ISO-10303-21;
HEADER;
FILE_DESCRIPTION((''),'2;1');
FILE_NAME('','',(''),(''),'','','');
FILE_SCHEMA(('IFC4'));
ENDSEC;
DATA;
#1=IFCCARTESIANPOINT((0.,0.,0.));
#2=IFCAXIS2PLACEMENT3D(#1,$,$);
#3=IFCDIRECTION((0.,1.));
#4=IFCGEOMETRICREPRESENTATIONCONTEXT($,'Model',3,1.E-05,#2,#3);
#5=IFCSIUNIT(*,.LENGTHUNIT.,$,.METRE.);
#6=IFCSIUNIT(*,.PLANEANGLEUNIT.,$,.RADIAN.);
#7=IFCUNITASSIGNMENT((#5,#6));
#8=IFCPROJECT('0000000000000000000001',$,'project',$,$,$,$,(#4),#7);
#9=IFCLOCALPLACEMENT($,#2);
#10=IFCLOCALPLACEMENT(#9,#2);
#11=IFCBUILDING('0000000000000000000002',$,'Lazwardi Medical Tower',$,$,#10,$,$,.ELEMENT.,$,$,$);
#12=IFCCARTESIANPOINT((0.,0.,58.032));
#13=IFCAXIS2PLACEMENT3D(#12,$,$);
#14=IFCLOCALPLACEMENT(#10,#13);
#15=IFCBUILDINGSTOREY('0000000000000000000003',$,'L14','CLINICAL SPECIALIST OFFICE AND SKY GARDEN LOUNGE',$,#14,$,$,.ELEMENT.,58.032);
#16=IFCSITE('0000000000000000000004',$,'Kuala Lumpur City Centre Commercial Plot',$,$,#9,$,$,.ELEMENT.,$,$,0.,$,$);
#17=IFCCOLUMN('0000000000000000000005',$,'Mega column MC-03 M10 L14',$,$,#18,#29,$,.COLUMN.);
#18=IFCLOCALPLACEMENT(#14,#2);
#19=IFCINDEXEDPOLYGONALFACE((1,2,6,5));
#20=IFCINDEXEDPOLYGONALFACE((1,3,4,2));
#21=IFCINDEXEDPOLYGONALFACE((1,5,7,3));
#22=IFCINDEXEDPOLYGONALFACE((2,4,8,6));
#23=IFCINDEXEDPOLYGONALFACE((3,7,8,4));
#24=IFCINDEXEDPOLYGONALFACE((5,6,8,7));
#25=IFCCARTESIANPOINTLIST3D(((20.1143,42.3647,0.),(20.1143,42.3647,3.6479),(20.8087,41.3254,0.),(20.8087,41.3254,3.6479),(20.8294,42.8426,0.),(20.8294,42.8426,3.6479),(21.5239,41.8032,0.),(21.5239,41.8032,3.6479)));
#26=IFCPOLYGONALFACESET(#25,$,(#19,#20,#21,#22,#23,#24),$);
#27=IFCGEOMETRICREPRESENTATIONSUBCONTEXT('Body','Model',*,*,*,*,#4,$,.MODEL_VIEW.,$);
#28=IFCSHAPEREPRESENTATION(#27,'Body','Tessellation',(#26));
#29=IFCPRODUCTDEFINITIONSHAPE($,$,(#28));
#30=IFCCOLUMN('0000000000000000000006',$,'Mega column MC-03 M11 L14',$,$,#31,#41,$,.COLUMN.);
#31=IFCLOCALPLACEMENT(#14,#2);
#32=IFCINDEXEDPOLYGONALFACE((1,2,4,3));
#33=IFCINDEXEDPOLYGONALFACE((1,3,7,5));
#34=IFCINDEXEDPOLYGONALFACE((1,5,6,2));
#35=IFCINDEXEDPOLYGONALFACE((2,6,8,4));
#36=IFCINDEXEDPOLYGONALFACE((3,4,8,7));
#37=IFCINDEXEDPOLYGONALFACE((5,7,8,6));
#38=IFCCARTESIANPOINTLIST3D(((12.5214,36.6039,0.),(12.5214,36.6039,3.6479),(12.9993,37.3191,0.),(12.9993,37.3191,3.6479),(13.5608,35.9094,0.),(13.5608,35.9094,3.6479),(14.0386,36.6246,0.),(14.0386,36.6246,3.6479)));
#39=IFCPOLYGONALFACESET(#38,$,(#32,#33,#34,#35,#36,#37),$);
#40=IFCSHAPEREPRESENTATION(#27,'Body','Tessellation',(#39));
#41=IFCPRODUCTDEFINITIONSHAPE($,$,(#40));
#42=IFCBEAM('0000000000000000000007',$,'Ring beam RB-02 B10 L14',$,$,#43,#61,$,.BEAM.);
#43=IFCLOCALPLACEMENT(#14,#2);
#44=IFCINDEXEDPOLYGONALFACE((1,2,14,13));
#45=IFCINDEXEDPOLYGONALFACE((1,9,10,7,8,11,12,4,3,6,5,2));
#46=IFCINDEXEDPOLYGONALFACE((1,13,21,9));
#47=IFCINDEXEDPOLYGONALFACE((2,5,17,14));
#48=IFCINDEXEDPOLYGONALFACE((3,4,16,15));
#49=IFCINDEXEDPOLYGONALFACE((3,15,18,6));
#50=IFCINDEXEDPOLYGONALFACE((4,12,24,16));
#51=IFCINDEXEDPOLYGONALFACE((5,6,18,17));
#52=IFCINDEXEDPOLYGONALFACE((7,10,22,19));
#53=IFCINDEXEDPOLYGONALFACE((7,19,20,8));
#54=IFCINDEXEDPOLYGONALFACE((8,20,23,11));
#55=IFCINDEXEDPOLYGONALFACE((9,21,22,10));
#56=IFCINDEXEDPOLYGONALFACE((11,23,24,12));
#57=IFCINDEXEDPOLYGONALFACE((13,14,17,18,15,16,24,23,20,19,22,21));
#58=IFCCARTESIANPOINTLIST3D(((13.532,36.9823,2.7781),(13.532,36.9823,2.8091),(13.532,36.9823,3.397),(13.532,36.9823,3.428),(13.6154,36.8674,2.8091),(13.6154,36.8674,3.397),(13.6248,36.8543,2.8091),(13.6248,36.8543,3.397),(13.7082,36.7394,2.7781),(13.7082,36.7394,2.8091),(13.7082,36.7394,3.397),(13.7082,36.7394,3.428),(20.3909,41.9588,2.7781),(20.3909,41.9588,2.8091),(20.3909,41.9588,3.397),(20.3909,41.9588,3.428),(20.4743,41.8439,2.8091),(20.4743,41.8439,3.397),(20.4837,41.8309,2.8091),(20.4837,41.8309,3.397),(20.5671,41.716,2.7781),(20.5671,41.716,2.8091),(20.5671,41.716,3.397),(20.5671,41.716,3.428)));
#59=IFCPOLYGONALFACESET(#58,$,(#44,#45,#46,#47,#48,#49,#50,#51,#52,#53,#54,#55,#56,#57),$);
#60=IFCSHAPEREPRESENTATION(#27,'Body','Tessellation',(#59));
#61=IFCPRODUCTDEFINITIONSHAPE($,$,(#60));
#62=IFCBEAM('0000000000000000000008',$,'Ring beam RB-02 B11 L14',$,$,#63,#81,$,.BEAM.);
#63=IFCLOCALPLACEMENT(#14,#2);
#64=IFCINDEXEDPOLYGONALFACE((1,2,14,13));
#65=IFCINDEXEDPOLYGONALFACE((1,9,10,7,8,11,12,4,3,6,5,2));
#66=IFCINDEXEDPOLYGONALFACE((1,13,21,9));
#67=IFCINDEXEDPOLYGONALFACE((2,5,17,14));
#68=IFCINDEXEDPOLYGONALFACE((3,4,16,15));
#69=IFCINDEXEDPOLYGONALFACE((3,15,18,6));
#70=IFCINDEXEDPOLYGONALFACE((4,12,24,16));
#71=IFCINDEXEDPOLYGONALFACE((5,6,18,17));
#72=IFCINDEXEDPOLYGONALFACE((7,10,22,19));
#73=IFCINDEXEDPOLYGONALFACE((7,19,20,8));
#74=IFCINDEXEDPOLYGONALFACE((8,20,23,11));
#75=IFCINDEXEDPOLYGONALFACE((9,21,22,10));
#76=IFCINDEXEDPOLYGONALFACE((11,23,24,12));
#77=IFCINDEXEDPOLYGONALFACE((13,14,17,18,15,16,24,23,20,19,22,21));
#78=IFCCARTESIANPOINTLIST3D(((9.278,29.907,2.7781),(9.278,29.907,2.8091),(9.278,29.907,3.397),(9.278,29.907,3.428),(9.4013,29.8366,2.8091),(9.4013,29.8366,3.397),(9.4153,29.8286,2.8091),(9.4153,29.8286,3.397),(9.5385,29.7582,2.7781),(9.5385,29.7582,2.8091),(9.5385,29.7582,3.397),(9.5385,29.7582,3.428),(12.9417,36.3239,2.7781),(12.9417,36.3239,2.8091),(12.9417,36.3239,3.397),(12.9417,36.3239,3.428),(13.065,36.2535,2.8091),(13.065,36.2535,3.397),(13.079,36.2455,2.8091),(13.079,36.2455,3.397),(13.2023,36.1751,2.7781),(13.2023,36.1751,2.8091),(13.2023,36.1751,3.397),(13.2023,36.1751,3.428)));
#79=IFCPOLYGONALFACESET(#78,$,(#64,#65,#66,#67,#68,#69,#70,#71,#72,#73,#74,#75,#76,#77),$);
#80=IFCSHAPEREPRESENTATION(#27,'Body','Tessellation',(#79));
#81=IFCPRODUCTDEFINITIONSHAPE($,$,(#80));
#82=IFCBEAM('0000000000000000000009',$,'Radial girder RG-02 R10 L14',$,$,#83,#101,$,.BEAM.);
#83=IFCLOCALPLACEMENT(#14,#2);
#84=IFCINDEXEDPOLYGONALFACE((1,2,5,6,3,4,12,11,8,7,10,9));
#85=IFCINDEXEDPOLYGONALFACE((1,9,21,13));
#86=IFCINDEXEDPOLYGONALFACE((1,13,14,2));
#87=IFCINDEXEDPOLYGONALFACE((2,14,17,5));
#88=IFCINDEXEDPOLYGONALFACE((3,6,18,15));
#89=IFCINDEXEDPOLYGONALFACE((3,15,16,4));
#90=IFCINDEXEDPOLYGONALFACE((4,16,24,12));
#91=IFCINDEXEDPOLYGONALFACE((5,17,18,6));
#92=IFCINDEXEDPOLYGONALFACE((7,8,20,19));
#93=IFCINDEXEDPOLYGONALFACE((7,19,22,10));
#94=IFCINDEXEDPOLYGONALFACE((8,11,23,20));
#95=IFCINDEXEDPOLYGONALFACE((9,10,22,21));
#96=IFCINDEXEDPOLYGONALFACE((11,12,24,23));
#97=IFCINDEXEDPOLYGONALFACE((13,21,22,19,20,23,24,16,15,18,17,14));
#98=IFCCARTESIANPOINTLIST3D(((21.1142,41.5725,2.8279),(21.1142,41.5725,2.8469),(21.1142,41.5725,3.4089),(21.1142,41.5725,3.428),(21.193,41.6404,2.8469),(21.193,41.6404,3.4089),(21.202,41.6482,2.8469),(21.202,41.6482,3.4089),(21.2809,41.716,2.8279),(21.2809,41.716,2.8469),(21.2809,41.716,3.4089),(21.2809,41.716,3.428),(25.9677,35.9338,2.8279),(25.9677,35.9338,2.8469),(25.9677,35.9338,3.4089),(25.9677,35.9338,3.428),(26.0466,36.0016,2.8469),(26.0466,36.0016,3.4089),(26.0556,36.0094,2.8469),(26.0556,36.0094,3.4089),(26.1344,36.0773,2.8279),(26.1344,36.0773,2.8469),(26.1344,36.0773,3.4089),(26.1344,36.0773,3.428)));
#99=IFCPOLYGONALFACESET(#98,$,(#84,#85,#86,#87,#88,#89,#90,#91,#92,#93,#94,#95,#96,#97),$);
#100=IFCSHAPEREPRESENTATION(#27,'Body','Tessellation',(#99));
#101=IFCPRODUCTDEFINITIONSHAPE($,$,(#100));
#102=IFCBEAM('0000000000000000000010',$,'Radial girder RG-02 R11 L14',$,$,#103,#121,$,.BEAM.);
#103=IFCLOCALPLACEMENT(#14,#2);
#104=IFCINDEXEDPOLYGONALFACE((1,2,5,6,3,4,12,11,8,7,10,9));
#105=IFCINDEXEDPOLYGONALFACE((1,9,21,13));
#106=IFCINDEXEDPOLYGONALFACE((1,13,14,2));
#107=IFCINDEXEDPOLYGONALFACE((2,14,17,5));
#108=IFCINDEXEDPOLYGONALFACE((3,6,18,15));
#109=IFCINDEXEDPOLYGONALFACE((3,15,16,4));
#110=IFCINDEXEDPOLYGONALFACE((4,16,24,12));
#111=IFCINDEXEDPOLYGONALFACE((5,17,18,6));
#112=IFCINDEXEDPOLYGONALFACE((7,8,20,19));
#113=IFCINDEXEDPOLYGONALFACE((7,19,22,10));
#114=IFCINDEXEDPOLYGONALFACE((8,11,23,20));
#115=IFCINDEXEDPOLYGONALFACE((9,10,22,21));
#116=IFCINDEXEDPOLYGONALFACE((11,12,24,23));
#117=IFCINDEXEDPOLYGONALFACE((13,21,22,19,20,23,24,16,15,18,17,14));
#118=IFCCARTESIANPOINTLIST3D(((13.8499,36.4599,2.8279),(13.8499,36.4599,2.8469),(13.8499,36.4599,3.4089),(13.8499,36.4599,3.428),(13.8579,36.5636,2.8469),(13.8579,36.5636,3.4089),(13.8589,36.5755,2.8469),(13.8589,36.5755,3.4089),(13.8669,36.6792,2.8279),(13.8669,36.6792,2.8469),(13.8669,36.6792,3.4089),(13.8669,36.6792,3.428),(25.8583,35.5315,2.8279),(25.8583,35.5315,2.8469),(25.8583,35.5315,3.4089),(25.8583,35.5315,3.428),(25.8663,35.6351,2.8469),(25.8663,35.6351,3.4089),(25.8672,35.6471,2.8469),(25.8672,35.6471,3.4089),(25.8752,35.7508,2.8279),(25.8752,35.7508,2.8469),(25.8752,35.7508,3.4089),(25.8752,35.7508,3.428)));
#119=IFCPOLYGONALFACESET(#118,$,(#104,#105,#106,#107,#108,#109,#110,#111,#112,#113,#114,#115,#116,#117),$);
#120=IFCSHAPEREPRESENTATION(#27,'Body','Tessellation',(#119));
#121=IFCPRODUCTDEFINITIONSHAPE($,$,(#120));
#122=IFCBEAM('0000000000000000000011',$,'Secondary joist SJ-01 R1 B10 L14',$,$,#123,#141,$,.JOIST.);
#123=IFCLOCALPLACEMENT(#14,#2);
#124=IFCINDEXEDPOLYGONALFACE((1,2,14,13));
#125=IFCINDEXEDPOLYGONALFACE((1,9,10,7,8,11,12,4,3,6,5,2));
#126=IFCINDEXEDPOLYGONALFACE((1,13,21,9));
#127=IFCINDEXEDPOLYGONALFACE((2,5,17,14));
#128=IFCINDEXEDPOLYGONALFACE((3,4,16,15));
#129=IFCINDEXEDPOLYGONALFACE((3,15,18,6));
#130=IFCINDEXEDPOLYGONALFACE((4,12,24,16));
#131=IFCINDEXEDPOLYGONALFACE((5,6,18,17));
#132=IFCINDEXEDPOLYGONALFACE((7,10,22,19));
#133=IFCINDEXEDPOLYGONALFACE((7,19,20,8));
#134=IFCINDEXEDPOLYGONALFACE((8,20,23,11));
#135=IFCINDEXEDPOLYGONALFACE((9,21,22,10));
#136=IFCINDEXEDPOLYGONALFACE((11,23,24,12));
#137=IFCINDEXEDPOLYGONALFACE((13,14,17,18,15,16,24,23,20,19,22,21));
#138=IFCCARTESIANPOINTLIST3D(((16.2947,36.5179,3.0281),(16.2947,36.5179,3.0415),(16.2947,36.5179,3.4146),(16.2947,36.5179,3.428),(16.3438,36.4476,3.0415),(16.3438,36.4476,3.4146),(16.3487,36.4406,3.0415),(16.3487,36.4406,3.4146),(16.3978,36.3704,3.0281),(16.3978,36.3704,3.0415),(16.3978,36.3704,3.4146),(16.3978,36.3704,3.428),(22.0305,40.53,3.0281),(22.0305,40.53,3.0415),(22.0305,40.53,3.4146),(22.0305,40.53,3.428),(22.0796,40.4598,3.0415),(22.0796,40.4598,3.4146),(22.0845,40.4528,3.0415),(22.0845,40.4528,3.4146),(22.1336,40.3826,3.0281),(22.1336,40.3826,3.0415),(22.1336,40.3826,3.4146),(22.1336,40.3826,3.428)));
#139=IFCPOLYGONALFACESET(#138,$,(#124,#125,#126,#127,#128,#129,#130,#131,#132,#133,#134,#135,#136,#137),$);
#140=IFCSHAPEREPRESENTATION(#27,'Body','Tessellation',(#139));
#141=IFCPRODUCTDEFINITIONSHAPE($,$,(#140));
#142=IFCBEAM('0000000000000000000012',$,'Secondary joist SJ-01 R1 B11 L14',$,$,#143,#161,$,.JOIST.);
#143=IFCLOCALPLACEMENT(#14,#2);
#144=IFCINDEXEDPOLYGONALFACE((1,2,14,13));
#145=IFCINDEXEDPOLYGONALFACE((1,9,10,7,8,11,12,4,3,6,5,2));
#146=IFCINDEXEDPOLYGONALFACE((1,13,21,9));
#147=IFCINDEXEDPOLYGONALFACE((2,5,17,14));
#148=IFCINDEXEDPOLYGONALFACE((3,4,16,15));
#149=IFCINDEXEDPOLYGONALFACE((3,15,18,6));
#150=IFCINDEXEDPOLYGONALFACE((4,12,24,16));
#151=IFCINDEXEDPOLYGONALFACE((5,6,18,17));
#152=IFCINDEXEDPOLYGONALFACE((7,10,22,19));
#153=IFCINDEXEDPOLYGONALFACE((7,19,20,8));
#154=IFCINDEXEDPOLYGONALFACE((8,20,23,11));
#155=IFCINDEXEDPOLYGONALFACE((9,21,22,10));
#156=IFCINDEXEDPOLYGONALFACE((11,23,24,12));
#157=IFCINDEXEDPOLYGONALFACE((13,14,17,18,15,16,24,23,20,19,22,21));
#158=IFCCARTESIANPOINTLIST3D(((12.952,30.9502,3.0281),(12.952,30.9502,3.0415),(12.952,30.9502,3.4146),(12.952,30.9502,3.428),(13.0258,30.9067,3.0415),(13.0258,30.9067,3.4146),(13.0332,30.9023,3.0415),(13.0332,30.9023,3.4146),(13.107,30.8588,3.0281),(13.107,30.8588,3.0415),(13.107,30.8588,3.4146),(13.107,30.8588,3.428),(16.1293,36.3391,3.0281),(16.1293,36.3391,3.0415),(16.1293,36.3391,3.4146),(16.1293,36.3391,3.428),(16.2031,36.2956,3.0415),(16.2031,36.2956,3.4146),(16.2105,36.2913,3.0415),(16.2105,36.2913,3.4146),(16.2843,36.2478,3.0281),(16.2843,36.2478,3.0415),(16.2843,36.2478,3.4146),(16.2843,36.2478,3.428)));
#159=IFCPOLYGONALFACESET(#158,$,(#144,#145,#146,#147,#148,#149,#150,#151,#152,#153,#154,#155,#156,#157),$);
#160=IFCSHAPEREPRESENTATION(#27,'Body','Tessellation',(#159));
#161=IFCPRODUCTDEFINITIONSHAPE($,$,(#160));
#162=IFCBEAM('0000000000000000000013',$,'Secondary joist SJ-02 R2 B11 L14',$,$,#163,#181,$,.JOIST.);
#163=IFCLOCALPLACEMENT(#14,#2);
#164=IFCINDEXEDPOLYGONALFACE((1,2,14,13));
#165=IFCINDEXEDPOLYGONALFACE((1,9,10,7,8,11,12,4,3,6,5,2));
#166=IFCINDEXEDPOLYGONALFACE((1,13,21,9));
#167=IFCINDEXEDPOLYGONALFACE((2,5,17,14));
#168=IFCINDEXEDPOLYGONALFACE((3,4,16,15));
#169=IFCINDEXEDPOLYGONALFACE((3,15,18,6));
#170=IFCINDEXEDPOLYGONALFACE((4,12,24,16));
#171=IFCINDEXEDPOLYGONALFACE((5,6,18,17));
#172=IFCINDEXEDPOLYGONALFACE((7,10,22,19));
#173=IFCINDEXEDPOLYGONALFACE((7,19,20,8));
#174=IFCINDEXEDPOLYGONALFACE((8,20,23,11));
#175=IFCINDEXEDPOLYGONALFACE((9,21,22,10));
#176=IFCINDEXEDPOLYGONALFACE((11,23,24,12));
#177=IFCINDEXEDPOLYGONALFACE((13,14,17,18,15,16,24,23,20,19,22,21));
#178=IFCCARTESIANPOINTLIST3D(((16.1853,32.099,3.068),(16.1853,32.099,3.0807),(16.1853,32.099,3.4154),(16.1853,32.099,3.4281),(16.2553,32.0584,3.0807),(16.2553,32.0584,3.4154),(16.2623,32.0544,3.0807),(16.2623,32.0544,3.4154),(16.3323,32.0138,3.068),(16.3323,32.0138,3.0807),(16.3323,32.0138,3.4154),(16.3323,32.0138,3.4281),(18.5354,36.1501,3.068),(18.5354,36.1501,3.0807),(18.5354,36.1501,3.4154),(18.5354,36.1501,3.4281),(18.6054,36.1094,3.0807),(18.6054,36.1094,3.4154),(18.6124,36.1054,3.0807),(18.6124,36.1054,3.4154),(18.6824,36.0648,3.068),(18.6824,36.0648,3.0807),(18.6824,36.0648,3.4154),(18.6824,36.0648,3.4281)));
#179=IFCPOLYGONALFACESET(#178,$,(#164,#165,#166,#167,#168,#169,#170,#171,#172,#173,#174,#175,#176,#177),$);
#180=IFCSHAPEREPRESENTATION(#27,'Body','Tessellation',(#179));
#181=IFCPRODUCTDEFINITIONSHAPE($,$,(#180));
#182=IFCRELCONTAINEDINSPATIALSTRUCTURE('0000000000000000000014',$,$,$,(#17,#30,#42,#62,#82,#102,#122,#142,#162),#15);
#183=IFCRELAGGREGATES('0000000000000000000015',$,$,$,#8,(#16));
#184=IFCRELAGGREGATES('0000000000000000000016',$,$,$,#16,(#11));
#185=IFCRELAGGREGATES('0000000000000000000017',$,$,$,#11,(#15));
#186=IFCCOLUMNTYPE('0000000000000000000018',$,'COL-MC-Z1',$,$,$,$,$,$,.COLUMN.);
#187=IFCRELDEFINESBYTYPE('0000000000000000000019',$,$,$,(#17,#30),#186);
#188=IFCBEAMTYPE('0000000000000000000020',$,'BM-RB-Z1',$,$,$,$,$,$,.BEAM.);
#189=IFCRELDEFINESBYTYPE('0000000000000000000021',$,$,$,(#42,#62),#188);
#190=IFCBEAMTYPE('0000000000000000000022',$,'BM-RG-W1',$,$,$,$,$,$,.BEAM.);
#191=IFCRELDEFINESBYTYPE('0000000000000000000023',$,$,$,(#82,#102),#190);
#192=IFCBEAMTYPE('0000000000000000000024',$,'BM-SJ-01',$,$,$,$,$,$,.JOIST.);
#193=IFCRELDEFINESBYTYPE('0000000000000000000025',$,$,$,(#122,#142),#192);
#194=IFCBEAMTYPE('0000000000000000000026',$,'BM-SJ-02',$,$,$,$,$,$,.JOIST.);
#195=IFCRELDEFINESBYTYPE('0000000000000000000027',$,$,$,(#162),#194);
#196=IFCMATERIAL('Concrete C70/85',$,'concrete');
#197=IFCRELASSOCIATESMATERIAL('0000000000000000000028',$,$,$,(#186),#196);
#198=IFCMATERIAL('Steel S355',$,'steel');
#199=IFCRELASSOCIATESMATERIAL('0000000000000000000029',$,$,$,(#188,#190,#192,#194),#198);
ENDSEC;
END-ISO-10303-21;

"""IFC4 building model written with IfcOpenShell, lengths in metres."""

from ifc_helpers import new_model, si_unit, direction, frame, origin, origin_2d, place, context, subcontext, project, spatial, rectangle, i_section, extrude, material, material_profile, profile_set, type_object, element, save


model = new_model("IFC4")

# Units and contexts
model_context = context("Model", 3, precision=1e-05, world=origin(), true_north=direction((0.0, 1.0)))
body_context = subcontext(model_context, "Body", "Model", "MODEL_VIEW")
ifc_project = project(units=[si_unit("LENGTHUNIT", "METRE"), si_unit("PLANEANGLEUNIT", "RADIAN")], contexts=[model_context])

# Site, building, storey
site_placement = place(None, origin())
site = spatial("IfcSite", under=ifc_project, at=site_placement, Name="Kuala Lumpur City Centre Commercial Plot", CompositionType="ELEMENT", RefElevation=0.0)
building_placement = place(site_placement, origin())
building = spatial("IfcBuilding", under=site, at=building_placement, Name="Lazwardi Medical Tower", CompositionType="ELEMENT")
storey_placement = place(building_placement, frame((0.0, 0.0, 58.032)))
storey = spatial("IfcBuildingStorey", under=building, at=storey_placement, Name="L14", Description="CLINICAL SPECIALIST OFFICE AND SKY GARDEN LOUNGE", CompositionType="ELEMENT", Elevation=58.032)

# Columns
ifc_material_1 = material(Name="Concrete C70/85", Category="concrete")
ifc_material_profile_1 = material_profile(ifc_material_1, rectangle(XDim=1.25, YDim=0.8601, at=origin_2d()), Name="CFT-RECT 1250x860")
ifc_profile_set_1 = profile_set([ifc_material_profile_1], Name="Concrete C70/85")
column_type = type_object("IfcColumnType", Name="COL-MC-Z1", PredefinedType="COLUMN", material=ifc_profile_set_1)
for number, where, z_axis, x_axis, name in (
    (1, (20.8191, 42.084, 0.0), (0.0, 0.0, 1.0), (-0.55557, 0.83147, 0.0), "Mega column MC-03 M10 L14"),
    (2, (13.28, 36.6143, 0.0), (0.0, 0.0, 1.0), (-0.83147, 0.55557, 0.0), "Mega column MC-03 M11 L14"),
):
    element("IfcColumn", number, at=place(storey_placement, frame(where, z_axis=z_axis, x_axis=x_axis)), inside=storey, type_object=column_type, Name=name, PredefinedType="COLUMN", context=body_context, shape_type="SweptSolid", body=[
        extrude(rectangle(XDim=1.25, YDim=0.8601, at=origin_2d()), origin(), (0.0, 0.0, 1.0), 3.6479),
    ])

# Beams
ifc_material_2 = material(Name="Steel S355", Category="steel")
ifc_material_profile_2 = material_profile(ifc_material_2, i_section(OverallWidth=0.3, OverallDepth=0.6499, WebThickness=0.0161, FlangeThickness=0.031, at=origin_2d()), Name="HEB 650")
ifc_profile_set_2 = profile_set([ifc_material_profile_2], Name="Steel S355")
beam_type_1 = type_object("IfcBeamType", Name="BM-RB-Z1", PredefinedType="BEAM", material=ifc_profile_set_2)
beam_1_placement = place(storey_placement, frame((20.479, 41.8374, 3.103), z_axis=(-0.809393, -0.587267, 0.0), x_axis=(0.587267, -0.809393, 0.0)))
element("IfcBeam", 3, at=beam_1_placement, inside=storey, type_object=beam_type_1, Name="Ring beam RB-02 B10 L14", PredefinedType="BEAM", context=body_context, shape_type="SweptSolid", body=[
    extrude(i_section(OverallWidth=0.3, OverallDepth=0.6499, WebThickness=0.0161, FlangeThickness=0.031, at=origin_2d()), origin(), (0.0, 0.0, 1.0), 8.4741),
])
beam_2_placement = place(storey_placement, frame((13.072, 36.2495, 3.103), z_axis=(-0.495829, -0.86842, 0.0), x_axis=(0.86842, -0.495829, 0.0)))
element("IfcBeam", 4, at=beam_2_placement, inside=storey, type_object=beam_type_1, Name="Ring beam RB-02 B11 L14", PredefinedType="BEAM", context=body_context, shape_type="SweptSolid", body=[
    extrude(i_section(OverallWidth=0.3, OverallDepth=0.6499, WebThickness=0.0161, FlangeThickness=0.031, at=origin_2d()), origin(), (0.0, 0.0, 1.0), 7.3892),
])
ifc_material_profile_3 = material_profile(ifc_material_2, i_section(OverallWidth=0.22, OverallDepth=0.6001, WebThickness=0.012, FlangeThickness=0.019, at=origin_2d()), Name="IPE 600")
ifc_profile_set_3 = profile_set([ifc_material_profile_3], Name="Steel S355")
beam_type_2 = type_object("IfcBeamType", Name="BM-RG-W1", PredefinedType="BEAM", material=ifc_profile_set_3)
beam_3_placement = place(storey_placement, frame((21.1975, 41.6443, 3.1279), z_axis=(0.652368, -0.757902, 0.0), x_axis=(0.757902, 0.652368, 0.0)))
element("IfcBeam", 5, at=beam_3_placement, inside=storey, type_object=beam_type_2, Name="Radial girder RG-02 R10 L14", PredefinedType="BEAM", context=body_context, shape_type="SweptSolid", body=[
    extrude(i_section(OverallWidth=0.22, OverallDepth=0.6001, WebThickness=0.012, FlangeThickness=0.019, at=origin_2d()), origin(), (0.0, 0.0, 1.0), 7.4399),
])
beam_4_placement = place(storey_placement, frame((13.8584, 36.5696, 3.1279), z_axis=(0.997024, -0.077089, 0.0), x_axis=(0.077089, 0.997024, 0.0)))
element("IfcBeam", 6, at=beam_4_placement, inside=storey, type_object=beam_type_2, Name="Radial girder RG-02 R11 L14", PredefinedType="BEAM", context=body_context, shape_type="SweptSolid", body=[
    extrude(i_section(OverallWidth=0.22, OverallDepth=0.6001, WebThickness=0.012, FlangeThickness=0.019, at=origin_2d()), origin(), (0.0, 0.0, 1.0), 12.0442),
])
ifc_material_profile_4 = material_profile(ifc_material_2, i_section(OverallWidth=0.1799, OverallDepth=0.3999, WebThickness=0.0085, FlangeThickness=0.0134, at=origin_2d()), Name="IPE 400")
ifc_profile_set_4 = profile_set([ifc_material_profile_4], Name="Steel S355")
beam_type_3 = type_object("IfcBeamType", Name="BM-SJ-01", PredefinedType="JOIST", material=ifc_profile_set_4)
beam_5_placement = place(storey_placement, frame((22.082, 40.4563, 3.228), z_axis=(-0.819425, -0.573186, 0.0), x_axis=(0.573186, -0.819425, 0.0)))
element("IfcBeam", 7, at=beam_5_placement, inside=storey, type_object=beam_type_3, Name="Secondary joist SJ-01 R1 B10 L14", PredefinedType="JOIST", context=body_context, shape_type="SweptSolid", body=[
    extrude(i_section(OverallWidth=0.1799, OverallDepth=0.3999, WebThickness=0.0085, FlangeThickness=0.0134, at=origin_2d()), origin(), (0.0, 0.0, 1.0), 6.9998),
])
beam_6_placement = place(storey_placement, frame((16.2068, 36.2935, 3.228), z_axis=(-0.507886, -0.861424, 0.0), x_axis=(0.861424, -0.507886, 0.0)))
element("IfcBeam", 8, at=beam_6_placement, inside=storey, type_object=beam_type_3, Name="Secondary joist SJ-01 R1 B11 L14", PredefinedType="JOIST", context=body_context, shape_type="SweptSolid", body=[
    extrude(i_section(OverallWidth=0.1799, OverallDepth=0.3999, WebThickness=0.0085, FlangeThickness=0.0134, at=origin_2d()), origin(), (0.0, 0.0, 1.0), 6.2559),
])
ifc_material_profile_5 = material_profile(ifc_material_2, i_section(OverallWidth=0.1699, OverallDepth=0.3601, WebThickness=0.0081, FlangeThickness=0.0127, at=origin_2d()), Name="IPE 360")
ifc_profile_set_5 = profile_set([ifc_material_profile_5], Name="Steel S355")
beam_type_4 = type_object("IfcBeamType", Name="BM-SJ-02", PredefinedType="JOIST", material=ifc_profile_set_5)
beam_7_placement = place(storey_placement, frame((18.6089, 36.1074, 3.248), z_axis=(-0.501798, -0.864985, 0.0), x_axis=(0.864985, -0.501798, 0.0)))
element("IfcBeam", 9, at=beam_7_placement, inside=storey, type_object=beam_type_4, Name="Secondary joist SJ-02 R2 B11 L14", PredefinedType="JOIST", context=body_context, shape_type="SweptSolid", body=[
    extrude(i_section(OverallWidth=0.1699, OverallDepth=0.3601, WebThickness=0.0081, FlangeThickness=0.0127, at=origin_2d()), origin(), (0.0, 0.0, 1.0), 4.6833),
])

save(model, "model.ifc")
